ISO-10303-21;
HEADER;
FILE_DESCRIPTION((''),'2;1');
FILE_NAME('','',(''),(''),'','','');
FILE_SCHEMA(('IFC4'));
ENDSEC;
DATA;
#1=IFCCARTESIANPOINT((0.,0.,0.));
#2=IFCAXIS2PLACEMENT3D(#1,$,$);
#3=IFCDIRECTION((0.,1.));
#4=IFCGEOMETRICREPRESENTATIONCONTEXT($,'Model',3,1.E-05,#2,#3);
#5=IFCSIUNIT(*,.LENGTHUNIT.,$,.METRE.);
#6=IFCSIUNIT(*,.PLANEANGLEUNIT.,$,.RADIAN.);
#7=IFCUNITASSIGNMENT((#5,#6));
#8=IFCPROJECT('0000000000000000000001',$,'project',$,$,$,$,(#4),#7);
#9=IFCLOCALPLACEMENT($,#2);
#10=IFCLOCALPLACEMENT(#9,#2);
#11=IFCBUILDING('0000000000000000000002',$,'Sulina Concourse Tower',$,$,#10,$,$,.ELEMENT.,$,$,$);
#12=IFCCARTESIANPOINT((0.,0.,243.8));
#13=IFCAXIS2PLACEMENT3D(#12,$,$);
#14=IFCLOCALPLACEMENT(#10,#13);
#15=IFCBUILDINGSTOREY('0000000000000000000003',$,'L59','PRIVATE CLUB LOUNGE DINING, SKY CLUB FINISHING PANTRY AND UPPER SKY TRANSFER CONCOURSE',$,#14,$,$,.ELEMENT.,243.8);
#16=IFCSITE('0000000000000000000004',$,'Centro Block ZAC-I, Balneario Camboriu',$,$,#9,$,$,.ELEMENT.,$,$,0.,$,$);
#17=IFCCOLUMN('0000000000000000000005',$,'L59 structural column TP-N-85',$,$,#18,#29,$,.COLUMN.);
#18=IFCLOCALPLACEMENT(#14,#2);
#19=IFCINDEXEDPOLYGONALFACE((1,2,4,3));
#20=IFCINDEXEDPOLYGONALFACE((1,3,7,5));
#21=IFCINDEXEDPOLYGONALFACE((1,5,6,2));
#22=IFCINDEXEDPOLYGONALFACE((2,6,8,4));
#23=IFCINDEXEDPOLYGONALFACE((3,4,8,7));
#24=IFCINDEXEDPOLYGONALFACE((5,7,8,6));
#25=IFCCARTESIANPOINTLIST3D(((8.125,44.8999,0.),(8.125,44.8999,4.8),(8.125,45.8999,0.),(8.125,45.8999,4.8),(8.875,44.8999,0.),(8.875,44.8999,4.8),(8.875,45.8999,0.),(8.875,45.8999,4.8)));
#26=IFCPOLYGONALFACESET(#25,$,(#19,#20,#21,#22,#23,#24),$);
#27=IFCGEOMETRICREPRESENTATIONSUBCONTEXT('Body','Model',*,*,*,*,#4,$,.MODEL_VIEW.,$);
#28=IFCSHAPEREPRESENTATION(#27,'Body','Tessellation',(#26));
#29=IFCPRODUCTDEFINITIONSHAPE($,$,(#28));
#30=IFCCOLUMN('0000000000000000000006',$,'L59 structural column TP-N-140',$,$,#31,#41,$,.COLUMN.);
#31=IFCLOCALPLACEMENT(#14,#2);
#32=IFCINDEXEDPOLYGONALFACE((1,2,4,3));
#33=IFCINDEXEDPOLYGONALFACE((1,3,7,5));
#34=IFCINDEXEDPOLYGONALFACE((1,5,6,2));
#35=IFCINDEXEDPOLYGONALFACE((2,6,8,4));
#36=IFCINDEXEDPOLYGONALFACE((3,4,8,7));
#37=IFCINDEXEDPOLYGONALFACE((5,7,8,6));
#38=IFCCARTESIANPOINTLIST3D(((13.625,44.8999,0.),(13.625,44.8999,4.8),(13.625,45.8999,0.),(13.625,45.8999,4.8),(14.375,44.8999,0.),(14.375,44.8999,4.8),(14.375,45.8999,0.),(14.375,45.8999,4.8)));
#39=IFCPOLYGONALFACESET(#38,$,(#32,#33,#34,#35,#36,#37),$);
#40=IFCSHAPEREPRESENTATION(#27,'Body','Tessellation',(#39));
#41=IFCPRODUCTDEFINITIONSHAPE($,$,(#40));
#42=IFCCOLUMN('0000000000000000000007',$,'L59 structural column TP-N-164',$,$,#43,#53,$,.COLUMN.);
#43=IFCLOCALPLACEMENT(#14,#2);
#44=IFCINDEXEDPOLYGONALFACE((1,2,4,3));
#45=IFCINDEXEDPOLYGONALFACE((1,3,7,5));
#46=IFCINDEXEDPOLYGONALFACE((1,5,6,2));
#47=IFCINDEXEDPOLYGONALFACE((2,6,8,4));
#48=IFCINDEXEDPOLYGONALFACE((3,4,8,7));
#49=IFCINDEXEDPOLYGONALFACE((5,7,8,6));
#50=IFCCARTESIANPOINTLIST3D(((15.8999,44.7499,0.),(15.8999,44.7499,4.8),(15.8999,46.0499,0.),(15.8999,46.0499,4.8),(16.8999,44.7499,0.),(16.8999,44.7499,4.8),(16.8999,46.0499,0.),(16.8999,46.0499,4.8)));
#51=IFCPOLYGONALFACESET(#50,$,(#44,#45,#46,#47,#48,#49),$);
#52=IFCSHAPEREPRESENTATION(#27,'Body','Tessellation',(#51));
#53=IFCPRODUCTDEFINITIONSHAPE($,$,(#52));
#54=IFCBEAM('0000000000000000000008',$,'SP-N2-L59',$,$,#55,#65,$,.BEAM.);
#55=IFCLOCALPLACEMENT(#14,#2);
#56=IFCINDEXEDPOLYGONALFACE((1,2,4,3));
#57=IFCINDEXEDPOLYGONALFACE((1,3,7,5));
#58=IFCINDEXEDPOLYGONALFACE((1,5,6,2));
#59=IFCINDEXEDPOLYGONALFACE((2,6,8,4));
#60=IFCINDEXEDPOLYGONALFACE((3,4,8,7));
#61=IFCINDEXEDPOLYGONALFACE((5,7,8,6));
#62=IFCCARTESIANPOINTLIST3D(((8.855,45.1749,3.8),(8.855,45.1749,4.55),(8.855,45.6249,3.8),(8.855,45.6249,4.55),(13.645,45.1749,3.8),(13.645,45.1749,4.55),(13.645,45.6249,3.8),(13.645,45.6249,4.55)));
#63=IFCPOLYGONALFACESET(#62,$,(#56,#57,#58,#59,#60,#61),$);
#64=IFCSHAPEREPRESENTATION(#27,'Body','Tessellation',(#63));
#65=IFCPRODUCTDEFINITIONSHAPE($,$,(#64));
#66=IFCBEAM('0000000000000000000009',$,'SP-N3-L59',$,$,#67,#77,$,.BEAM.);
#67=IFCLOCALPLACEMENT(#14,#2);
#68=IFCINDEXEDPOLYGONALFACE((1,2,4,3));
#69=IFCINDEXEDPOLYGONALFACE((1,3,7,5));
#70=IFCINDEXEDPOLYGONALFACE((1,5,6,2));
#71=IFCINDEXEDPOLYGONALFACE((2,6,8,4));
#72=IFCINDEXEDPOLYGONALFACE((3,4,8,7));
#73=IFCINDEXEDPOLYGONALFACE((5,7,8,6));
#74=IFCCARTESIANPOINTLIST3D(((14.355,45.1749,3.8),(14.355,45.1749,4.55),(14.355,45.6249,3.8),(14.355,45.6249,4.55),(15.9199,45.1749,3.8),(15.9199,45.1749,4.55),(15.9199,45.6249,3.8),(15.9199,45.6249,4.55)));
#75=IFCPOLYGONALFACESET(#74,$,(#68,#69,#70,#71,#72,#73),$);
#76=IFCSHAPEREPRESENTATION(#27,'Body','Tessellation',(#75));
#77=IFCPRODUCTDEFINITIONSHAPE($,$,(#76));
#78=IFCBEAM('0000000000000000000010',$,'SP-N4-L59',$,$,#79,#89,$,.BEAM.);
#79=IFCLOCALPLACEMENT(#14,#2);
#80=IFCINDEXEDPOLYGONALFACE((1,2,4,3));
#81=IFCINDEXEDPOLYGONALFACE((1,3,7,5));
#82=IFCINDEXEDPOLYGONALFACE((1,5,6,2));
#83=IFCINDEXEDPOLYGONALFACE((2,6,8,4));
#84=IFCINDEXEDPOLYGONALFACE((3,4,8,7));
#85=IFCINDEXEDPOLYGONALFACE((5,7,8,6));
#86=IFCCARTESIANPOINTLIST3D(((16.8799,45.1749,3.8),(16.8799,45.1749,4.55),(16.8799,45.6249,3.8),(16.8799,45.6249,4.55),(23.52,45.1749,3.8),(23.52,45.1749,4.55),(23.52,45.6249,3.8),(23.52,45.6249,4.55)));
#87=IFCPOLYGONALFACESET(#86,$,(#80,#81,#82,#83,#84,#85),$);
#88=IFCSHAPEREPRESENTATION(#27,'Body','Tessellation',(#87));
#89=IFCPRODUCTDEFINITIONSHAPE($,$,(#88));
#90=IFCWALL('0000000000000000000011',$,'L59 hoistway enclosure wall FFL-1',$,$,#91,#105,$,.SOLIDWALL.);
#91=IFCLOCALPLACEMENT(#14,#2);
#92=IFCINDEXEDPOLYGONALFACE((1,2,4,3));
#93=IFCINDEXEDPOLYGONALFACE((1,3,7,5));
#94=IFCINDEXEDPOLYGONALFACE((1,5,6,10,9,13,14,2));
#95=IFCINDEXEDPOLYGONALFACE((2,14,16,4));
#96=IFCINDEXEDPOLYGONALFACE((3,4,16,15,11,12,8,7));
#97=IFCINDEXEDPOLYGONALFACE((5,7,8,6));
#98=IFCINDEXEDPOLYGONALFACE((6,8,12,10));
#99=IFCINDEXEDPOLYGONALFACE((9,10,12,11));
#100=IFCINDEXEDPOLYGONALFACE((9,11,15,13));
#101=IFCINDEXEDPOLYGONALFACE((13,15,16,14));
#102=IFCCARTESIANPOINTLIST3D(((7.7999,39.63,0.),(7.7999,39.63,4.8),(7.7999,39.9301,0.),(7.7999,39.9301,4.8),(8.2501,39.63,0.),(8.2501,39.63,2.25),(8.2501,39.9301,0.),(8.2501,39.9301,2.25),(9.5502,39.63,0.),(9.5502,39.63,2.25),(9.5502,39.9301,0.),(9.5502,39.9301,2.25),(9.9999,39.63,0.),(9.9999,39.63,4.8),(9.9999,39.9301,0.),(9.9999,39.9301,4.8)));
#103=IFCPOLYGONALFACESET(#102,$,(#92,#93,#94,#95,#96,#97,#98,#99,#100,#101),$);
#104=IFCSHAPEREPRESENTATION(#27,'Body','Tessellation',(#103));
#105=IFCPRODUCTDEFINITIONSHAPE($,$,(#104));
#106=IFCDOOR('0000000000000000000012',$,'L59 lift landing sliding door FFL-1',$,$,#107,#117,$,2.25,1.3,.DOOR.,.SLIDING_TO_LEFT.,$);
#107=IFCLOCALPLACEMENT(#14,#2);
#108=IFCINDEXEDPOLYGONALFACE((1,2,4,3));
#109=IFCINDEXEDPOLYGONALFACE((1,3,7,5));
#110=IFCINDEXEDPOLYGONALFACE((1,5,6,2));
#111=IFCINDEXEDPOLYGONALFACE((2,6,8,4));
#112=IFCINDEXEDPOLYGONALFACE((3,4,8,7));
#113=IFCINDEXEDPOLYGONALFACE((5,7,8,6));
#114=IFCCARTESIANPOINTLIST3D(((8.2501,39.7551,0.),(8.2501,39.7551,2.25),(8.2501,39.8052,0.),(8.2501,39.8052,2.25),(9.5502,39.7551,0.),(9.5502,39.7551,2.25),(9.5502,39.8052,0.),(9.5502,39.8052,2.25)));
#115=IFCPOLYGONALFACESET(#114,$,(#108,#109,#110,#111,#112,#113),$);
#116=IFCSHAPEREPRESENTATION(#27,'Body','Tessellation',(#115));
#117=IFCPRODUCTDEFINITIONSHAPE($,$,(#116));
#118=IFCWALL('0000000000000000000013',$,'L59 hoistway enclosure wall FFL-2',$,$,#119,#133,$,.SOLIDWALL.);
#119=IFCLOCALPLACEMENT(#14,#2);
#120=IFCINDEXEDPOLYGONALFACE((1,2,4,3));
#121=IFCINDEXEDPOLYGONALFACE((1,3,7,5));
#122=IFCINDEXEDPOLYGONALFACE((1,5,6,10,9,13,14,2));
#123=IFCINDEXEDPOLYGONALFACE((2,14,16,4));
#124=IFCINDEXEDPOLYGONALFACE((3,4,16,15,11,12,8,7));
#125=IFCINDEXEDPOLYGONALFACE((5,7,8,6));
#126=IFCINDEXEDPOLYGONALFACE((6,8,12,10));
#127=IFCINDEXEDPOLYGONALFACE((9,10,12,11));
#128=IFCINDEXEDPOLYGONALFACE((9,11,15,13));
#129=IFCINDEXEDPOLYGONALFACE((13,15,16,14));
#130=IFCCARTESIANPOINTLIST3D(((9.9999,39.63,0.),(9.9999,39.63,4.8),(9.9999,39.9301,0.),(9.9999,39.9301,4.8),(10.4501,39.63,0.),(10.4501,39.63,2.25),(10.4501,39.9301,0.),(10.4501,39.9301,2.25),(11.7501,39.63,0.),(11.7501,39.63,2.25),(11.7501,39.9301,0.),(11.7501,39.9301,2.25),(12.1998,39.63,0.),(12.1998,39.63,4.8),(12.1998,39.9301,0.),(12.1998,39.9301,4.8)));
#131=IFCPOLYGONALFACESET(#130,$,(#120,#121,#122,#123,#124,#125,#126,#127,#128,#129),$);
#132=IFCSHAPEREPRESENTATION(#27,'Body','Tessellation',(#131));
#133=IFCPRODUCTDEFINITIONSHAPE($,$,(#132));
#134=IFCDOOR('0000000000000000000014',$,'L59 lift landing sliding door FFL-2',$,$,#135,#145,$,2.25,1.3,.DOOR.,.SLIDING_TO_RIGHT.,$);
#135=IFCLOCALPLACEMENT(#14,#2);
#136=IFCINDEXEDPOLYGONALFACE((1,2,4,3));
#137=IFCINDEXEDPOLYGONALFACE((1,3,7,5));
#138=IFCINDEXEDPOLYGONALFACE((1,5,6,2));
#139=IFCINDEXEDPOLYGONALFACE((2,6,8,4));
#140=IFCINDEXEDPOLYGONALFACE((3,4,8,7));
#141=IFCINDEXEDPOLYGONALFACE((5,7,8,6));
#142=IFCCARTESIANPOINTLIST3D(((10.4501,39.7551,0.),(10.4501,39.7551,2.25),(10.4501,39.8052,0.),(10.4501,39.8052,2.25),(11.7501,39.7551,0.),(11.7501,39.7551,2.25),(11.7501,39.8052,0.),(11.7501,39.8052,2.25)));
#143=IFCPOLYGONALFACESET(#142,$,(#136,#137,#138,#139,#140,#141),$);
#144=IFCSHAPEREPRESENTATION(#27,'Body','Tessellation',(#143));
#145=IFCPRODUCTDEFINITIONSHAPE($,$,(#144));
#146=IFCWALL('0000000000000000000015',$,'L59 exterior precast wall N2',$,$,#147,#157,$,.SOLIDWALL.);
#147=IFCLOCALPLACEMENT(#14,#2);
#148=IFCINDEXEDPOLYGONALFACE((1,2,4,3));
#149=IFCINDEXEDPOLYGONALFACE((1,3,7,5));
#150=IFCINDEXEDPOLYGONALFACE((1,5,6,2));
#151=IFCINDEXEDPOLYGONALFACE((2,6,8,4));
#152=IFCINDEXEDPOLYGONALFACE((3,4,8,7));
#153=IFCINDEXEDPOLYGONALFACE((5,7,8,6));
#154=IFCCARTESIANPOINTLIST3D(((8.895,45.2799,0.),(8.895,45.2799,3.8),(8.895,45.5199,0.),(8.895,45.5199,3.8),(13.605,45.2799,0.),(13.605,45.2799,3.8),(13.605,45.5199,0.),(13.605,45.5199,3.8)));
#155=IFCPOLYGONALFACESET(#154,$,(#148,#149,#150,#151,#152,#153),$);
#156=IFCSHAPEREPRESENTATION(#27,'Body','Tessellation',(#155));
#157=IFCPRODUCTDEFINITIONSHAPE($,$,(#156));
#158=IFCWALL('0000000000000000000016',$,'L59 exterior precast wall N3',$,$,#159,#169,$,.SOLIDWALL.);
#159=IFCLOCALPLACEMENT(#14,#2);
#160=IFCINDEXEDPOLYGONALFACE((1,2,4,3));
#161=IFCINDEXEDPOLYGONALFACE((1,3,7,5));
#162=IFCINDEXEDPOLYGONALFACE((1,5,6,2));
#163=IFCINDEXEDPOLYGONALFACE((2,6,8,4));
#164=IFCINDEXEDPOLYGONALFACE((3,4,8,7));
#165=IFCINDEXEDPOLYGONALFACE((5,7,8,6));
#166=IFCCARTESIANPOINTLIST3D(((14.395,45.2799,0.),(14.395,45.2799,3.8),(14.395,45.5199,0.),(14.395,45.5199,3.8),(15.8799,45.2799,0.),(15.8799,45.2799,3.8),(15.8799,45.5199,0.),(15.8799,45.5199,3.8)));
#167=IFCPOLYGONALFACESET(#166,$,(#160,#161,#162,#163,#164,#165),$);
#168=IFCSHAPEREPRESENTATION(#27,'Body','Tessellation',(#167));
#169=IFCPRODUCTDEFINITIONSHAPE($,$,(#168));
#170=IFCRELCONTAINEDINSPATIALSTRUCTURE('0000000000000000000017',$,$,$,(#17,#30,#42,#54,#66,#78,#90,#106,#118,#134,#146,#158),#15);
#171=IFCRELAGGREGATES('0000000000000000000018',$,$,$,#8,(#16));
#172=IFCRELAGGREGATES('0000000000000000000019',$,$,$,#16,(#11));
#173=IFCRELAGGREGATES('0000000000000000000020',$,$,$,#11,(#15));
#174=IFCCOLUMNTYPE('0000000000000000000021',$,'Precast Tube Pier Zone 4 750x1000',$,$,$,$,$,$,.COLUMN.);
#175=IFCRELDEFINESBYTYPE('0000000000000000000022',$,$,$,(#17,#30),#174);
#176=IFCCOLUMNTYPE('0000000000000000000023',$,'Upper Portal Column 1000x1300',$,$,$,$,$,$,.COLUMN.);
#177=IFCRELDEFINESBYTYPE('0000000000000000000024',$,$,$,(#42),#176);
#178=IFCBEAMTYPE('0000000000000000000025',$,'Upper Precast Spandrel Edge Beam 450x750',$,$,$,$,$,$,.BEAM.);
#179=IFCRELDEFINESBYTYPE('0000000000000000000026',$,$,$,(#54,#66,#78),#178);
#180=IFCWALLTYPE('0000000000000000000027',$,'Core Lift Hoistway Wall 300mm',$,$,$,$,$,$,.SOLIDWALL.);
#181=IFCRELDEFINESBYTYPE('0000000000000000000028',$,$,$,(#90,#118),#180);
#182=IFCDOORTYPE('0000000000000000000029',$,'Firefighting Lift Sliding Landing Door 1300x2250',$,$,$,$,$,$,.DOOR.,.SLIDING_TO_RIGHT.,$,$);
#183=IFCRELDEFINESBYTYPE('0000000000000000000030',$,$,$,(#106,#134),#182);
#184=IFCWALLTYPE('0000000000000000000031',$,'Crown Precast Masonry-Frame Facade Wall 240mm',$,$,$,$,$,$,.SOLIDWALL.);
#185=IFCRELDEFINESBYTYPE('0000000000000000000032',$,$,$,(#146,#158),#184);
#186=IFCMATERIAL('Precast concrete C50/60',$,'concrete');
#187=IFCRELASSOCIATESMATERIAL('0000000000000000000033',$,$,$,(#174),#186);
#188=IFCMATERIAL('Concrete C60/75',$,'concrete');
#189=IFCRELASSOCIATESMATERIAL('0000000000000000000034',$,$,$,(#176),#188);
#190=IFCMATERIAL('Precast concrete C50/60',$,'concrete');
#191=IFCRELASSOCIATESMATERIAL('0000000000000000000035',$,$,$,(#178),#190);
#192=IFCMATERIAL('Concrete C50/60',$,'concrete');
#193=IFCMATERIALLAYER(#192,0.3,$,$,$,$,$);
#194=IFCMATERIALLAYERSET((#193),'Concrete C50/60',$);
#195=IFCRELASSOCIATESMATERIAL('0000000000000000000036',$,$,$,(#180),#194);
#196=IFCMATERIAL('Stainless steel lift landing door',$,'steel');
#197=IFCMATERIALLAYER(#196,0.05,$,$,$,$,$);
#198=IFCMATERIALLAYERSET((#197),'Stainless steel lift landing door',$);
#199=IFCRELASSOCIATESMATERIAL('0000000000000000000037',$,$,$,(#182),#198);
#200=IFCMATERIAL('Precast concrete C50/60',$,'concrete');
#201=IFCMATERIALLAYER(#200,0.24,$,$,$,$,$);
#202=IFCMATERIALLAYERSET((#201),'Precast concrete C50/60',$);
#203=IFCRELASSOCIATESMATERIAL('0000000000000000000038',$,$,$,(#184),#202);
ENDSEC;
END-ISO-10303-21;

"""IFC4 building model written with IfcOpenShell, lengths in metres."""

from ifc_helpers import new_model, si_unit, direction, frame, frame_2d, origin, origin_2d, place, context, subcontext, project, spatial, rectangle, extrude, material, layer, layer_set, material_profile, profile_set, type_object, element, fill, save


model = new_model("IFC4")

# Units and contexts
model_context = context("Model", 3, precision=1e-05, world=origin(), true_north=direction((0.0, 1.0)))
body_context = subcontext(model_context, "Body", "Model", "MODEL_VIEW")
ifc_project = project(units=[si_unit("LENGTHUNIT", "METRE"), si_unit("PLANEANGLEUNIT", "RADIAN")], contexts=[model_context])

# Site, building, storey
site_placement = place(None, origin())
site = spatial("IfcSite", under=ifc_project, at=site_placement, Name="Centro Block ZAC-I, Balneario Camboriu", CompositionType="ELEMENT", RefElevation=0.0)
building_placement = place(site_placement, origin())
building = spatial("IfcBuilding", under=site, at=building_placement, Name="Sulina Concourse Tower", CompositionType="ELEMENT")
storey_placement = place(building_placement, frame((0.0, 0.0, 243.8)))
storey = spatial("IfcBuildingStorey", under=building, at=storey_placement, Name="L59", Description="PRIVATE CLUB LOUNGE DINING, SKY CLUB FINISHING PANTRY AND UPPER SKY TRANSFER CONCOURSE", CompositionType="ELEMENT", Elevation=243.8)

# Columns
ifc_material_1 = material(Name="Precast concrete C50/60", Category="concrete")
ifc_material_profile_1 = material_profile(ifc_material_1, rectangle(XDim=0.75, YDim=1.0, at=origin_2d()), Name="PC 750x1000")
ifc_profile_set_1 = profile_set([ifc_material_profile_1], Name="Precast concrete C50/60")
column_type_1 = type_object("IfcColumnType", Name="Precast Tube Pier Zone 4 750x1000", PredefinedType="COLUMN", material=ifc_profile_set_1)
for number, where, z_axis, x_axis, name in (
    (1, (8.5, 45.3999, 0.0), (0.0, 0.0, 1.0), (1.0, 0.0, 0.0), "L59 structural column TP-N-85"),
    (2, (14.0, 45.3999, 0.0), (0.0, 0.0, 1.0), (1.0, 0.0, 0.0), "L59 structural column TP-N-140"),
):
    element("IfcColumn", number, at=place(storey_placement, frame(where, z_axis=z_axis, x_axis=x_axis)), inside=storey, type_object=column_type_1, Name=name, PredefinedType="COLUMN", context=body_context, shape_type="SweptSolid", body=[
        extrude(rectangle(XDim=0.75, YDim=1.0, at=origin_2d()), origin(), (0.0, 0.0, 1.0), 4.8),
    ])
ifc_material_2 = material(Name="Concrete C60/75", Category="concrete")
ifc_material_profile_2 = material_profile(ifc_material_2, rectangle(XDim=1.0, YDim=1.3, at=origin_2d()), Name="RC 1000x1300")
ifc_profile_set_2 = profile_set([ifc_material_profile_2], Name="Concrete C60/75")
column_type_2 = type_object("IfcColumnType", Name="Upper Portal Column 1000x1300", PredefinedType="COLUMN", material=ifc_profile_set_2)
column_placement = place(storey_placement, frame((16.3999, 45.3999, 0.0), z_axis=(0.0, 0.0, 1.0), x_axis=(1.0, 0.0, 0.0)))
element("IfcColumn", 3, at=column_placement, inside=storey, type_object=column_type_2, Name="L59 structural column TP-N-164", PredefinedType="COLUMN", context=body_context, shape_type="SweptSolid", body=[
    extrude(rectangle(XDim=1.0, YDim=1.3, at=origin_2d()), origin(), (0.0, 0.0, 1.0), 4.8),
])

# Beams
ifc_material_3 = material(Name="Precast concrete C50/60", Category="concrete")
ifc_material_profile_3 = material_profile(ifc_material_3, rectangle(XDim=0.45, YDim=0.75, at=origin_2d()), Name="RC 450x750")
ifc_profile_set_3 = profile_set([ifc_material_profile_3], Name="Precast concrete C50/60")
beam_type = type_object("IfcBeamType", Name="Upper Precast Spandrel Edge Beam 450x750", PredefinedType="BEAM", material=ifc_profile_set_3)
beam_1_placement = place(storey_placement, frame((8.855, 45.3999, 4.175), z_axis=(1.0, 0.0, 0.0), x_axis=(0.0, 1.0, 0.0)))
element("IfcBeam", 4, at=beam_1_placement, inside=storey, type_object=beam_type, Name="SP-N2-L59", PredefinedType="BEAM", context=body_context, shape_type="SweptSolid", body=[
    extrude(rectangle(XDim=0.45, YDim=0.75, at=origin_2d()), origin(), (0.0, 0.0, 1.0), 4.79),
])
beam_2_placement = place(storey_placement, frame((14.355, 45.3999, 4.175), z_axis=(1.0, 0.0, 0.0), x_axis=(0.0, 1.0, 0.0)))
element("IfcBeam", 5, at=beam_2_placement, inside=storey, type_object=beam_type, Name="SP-N3-L59", PredefinedType="BEAM", context=body_context, shape_type="SweptSolid", body=[
    extrude(rectangle(XDim=0.45, YDim=0.75, at=origin_2d()), origin(), (0.0, 0.0, 1.0), 1.5649),
])
beam_3_placement = place(storey_placement, frame((16.8799, 45.3999, 4.175), z_axis=(1.0, 0.0, 0.0), x_axis=(0.0, 1.0, 0.0)))
element("IfcBeam", 6, at=beam_3_placement, inside=storey, type_object=beam_type, Name="SP-N4-L59", PredefinedType="BEAM", context=body_context, shape_type="SweptSolid", body=[
    extrude(rectangle(XDim=0.45, YDim=0.75, at=origin_2d()), origin(), (0.0, 0.0, 1.0), 6.6401),
])

# Walls, openings, doors
ifc_material_4 = material(Name="Concrete C50/60", Category="concrete")
ifc_layer_1 = layer(ifc_material_4, 0.3)
ifc_layer_set_1 = layer_set([ifc_layer_1], Name="Concrete C50/60")
wall_type_1 = type_object("IfcWallType", Name="Core Lift Hoistway Wall 300mm", PredefinedType="SOLIDWALL", material=ifc_layer_set_1)
wall_1_placement = place(storey_placement, frame((10.0, 39.78, 0.0), z_axis=(0.0, 0.0, 1.0), x_axis=(-1.0, 0.0, 0.0)))
wall_1 = element("IfcWall", 7, at=wall_1_placement, inside=storey, type_object=wall_type_1, Name="L59 hoistway enclosure wall FFL-1", PredefinedType="SOLIDWALL", context=body_context, shape_type="SweptSolid", body=[
    extrude(rectangle(XDim=2.2, YDim=0.3, at=frame_2d((1.1001, 0.0))), origin(), (0.0, 0.0, 1.0), 4.8),
])
opening_1_placement = place(wall_1_placement, frame((0.45, 0.0, 0.0)))
opening_1 = element("IfcOpeningElement", 8, at=opening_1_placement, cuts=wall_1, PredefinedType="OPENING", context=body_context, shape_type="SweptSolid", body=[
    extrude(rectangle(XDim=1.3, YDim=2.25, at=frame_2d((0.6499, 1.125))), frame((0.0, 0.1599, 0.0), z_axis=(0.0, -1.0, 0.0), x_axis=(1.0, 0.0, 0.0)), (0.0, 0.0, 1.0), 0.3201),
])
ifc_material_5 = material(Name="Stainless steel lift landing door", Category="steel")
ifc_layer_2 = layer(ifc_material_5, 0.05)
ifc_layer_set_2 = layer_set([ifc_layer_2], Name="Stainless steel lift landing door")
door_type = type_object("IfcDoorType", Name="Firefighting Lift Sliding Landing Door 1300x2250", OperationType="SLIDING_TO_RIGHT", PredefinedType="DOOR", material=ifc_layer_set_2)
door_1_placement = place(opening_1_placement, origin())
door_1 = element("IfcDoor", 9, at=door_1_placement, inside=storey, type_object=door_type, Name="L59 lift landing sliding door FFL-1", OperationType="SLIDING_TO_LEFT", OverallHeight=2.25, OverallWidth=1.3, PredefinedType="DOOR", context=body_context, shape_type="SweptSolid", body=[
    extrude(rectangle(XDim=1.3, YDim=2.25, at=frame_2d((0.6499, 1.125))), frame((0.0, 0.0249, 0.0), z_axis=(0.0, -1.0, 0.0), x_axis=(1.0, 0.0, 0.0)), (0.0, 0.0, 1.0), 0.05),
])
fill(opening_1, door_1)
wall_2_placement = place(storey_placement, frame((12.2, 39.78, 0.0), z_axis=(0.0, 0.0, 1.0), x_axis=(-1.0, 0.0, 0.0)))
wall_2 = element("IfcWall", 10, at=wall_2_placement, inside=storey, type_object=wall_type_1, Name="L59 hoistway enclosure wall FFL-2", PredefinedType="SOLIDWALL", context=body_context, shape_type="SweptSolid", body=[
    extrude(rectangle(XDim=2.2, YDim=0.3, at=frame_2d((1.1001, 0.0))), origin(), (0.0, 0.0, 1.0), 4.8),
])
opening_2_placement = place(wall_2_placement, frame((0.45, 0.0, 0.0)))
opening_2 = element("IfcOpeningElement", 11, at=opening_2_placement, cuts=wall_2, PredefinedType="OPENING", context=body_context, shape_type="SweptSolid", body=[
    extrude(rectangle(XDim=1.3, YDim=2.25, at=frame_2d((0.6499, 1.125))), frame((0.0, 0.1599, 0.0), z_axis=(0.0, -1.0, 0.0), x_axis=(1.0, 0.0, 0.0)), (0.0, 0.0, 1.0), 0.3201),
])
door_2_placement = place(opening_2_placement, origin())
door_2 = element("IfcDoor", 12, at=door_2_placement, inside=storey, type_object=door_type, Name="L59 lift landing sliding door FFL-2", OperationType="SLIDING_TO_RIGHT", OverallHeight=2.25, OverallWidth=1.3, PredefinedType="DOOR", context=body_context, shape_type="SweptSolid", body=[
    extrude(rectangle(XDim=1.3, YDim=2.25, at=frame_2d((0.6499, 1.125))), frame((0.0, 0.0249, 0.0), z_axis=(0.0, -1.0, 0.0), x_axis=(1.0, 0.0, 0.0)), (0.0, 0.0, 1.0), 0.05),
])
fill(opening_2, door_2)

# Walls
ifc_material_6 = material(Name="Precast concrete C50/60", Category="concrete")
ifc_layer_3 = layer(ifc_material_6, 0.24)
ifc_layer_set_3 = layer_set([ifc_layer_3], Name="Precast concrete C50/60")
wall_type_2 = type_object("IfcWallType", Name="Crown Precast Masonry-Frame Facade Wall 240mm", PredefinedType="SOLIDWALL", material=ifc_layer_set_3)
wall_3_placement = place(storey_placement, frame((8.895, 45.3999, 0.0), z_axis=(0.0, 0.0, 1.0), x_axis=(1.0, 0.0, 0.0)))
element("IfcWall", 13, at=wall_3_placement, inside=storey, type_object=wall_type_2, Name="L59 exterior precast wall N2", PredefinedType="SOLIDWALL", context=body_context, shape_type="SweptSolid", body=[
    extrude(rectangle(XDim=4.71, YDim=0.24, at=frame_2d((2.355, 0.0))), origin(), (0.0, 0.0, 1.0), 3.8),
])
wall_4_placement = place(storey_placement, frame((14.395, 45.3999, 0.0), z_axis=(0.0, 0.0, 1.0), x_axis=(1.0, 0.0, 0.0)))
element("IfcWall", 14, at=wall_4_placement, inside=storey, type_object=wall_type_2, Name="L59 exterior precast wall N3", PredefinedType="SOLIDWALL", context=body_context, shape_type="SweptSolid", body=[
    extrude(rectangle(XDim=1.4849, YDim=0.24, at=frame_2d((0.7424, 0.0))), origin(), (0.0, 0.0, 1.0), 3.8),
])

save(model, "model.ifc")
